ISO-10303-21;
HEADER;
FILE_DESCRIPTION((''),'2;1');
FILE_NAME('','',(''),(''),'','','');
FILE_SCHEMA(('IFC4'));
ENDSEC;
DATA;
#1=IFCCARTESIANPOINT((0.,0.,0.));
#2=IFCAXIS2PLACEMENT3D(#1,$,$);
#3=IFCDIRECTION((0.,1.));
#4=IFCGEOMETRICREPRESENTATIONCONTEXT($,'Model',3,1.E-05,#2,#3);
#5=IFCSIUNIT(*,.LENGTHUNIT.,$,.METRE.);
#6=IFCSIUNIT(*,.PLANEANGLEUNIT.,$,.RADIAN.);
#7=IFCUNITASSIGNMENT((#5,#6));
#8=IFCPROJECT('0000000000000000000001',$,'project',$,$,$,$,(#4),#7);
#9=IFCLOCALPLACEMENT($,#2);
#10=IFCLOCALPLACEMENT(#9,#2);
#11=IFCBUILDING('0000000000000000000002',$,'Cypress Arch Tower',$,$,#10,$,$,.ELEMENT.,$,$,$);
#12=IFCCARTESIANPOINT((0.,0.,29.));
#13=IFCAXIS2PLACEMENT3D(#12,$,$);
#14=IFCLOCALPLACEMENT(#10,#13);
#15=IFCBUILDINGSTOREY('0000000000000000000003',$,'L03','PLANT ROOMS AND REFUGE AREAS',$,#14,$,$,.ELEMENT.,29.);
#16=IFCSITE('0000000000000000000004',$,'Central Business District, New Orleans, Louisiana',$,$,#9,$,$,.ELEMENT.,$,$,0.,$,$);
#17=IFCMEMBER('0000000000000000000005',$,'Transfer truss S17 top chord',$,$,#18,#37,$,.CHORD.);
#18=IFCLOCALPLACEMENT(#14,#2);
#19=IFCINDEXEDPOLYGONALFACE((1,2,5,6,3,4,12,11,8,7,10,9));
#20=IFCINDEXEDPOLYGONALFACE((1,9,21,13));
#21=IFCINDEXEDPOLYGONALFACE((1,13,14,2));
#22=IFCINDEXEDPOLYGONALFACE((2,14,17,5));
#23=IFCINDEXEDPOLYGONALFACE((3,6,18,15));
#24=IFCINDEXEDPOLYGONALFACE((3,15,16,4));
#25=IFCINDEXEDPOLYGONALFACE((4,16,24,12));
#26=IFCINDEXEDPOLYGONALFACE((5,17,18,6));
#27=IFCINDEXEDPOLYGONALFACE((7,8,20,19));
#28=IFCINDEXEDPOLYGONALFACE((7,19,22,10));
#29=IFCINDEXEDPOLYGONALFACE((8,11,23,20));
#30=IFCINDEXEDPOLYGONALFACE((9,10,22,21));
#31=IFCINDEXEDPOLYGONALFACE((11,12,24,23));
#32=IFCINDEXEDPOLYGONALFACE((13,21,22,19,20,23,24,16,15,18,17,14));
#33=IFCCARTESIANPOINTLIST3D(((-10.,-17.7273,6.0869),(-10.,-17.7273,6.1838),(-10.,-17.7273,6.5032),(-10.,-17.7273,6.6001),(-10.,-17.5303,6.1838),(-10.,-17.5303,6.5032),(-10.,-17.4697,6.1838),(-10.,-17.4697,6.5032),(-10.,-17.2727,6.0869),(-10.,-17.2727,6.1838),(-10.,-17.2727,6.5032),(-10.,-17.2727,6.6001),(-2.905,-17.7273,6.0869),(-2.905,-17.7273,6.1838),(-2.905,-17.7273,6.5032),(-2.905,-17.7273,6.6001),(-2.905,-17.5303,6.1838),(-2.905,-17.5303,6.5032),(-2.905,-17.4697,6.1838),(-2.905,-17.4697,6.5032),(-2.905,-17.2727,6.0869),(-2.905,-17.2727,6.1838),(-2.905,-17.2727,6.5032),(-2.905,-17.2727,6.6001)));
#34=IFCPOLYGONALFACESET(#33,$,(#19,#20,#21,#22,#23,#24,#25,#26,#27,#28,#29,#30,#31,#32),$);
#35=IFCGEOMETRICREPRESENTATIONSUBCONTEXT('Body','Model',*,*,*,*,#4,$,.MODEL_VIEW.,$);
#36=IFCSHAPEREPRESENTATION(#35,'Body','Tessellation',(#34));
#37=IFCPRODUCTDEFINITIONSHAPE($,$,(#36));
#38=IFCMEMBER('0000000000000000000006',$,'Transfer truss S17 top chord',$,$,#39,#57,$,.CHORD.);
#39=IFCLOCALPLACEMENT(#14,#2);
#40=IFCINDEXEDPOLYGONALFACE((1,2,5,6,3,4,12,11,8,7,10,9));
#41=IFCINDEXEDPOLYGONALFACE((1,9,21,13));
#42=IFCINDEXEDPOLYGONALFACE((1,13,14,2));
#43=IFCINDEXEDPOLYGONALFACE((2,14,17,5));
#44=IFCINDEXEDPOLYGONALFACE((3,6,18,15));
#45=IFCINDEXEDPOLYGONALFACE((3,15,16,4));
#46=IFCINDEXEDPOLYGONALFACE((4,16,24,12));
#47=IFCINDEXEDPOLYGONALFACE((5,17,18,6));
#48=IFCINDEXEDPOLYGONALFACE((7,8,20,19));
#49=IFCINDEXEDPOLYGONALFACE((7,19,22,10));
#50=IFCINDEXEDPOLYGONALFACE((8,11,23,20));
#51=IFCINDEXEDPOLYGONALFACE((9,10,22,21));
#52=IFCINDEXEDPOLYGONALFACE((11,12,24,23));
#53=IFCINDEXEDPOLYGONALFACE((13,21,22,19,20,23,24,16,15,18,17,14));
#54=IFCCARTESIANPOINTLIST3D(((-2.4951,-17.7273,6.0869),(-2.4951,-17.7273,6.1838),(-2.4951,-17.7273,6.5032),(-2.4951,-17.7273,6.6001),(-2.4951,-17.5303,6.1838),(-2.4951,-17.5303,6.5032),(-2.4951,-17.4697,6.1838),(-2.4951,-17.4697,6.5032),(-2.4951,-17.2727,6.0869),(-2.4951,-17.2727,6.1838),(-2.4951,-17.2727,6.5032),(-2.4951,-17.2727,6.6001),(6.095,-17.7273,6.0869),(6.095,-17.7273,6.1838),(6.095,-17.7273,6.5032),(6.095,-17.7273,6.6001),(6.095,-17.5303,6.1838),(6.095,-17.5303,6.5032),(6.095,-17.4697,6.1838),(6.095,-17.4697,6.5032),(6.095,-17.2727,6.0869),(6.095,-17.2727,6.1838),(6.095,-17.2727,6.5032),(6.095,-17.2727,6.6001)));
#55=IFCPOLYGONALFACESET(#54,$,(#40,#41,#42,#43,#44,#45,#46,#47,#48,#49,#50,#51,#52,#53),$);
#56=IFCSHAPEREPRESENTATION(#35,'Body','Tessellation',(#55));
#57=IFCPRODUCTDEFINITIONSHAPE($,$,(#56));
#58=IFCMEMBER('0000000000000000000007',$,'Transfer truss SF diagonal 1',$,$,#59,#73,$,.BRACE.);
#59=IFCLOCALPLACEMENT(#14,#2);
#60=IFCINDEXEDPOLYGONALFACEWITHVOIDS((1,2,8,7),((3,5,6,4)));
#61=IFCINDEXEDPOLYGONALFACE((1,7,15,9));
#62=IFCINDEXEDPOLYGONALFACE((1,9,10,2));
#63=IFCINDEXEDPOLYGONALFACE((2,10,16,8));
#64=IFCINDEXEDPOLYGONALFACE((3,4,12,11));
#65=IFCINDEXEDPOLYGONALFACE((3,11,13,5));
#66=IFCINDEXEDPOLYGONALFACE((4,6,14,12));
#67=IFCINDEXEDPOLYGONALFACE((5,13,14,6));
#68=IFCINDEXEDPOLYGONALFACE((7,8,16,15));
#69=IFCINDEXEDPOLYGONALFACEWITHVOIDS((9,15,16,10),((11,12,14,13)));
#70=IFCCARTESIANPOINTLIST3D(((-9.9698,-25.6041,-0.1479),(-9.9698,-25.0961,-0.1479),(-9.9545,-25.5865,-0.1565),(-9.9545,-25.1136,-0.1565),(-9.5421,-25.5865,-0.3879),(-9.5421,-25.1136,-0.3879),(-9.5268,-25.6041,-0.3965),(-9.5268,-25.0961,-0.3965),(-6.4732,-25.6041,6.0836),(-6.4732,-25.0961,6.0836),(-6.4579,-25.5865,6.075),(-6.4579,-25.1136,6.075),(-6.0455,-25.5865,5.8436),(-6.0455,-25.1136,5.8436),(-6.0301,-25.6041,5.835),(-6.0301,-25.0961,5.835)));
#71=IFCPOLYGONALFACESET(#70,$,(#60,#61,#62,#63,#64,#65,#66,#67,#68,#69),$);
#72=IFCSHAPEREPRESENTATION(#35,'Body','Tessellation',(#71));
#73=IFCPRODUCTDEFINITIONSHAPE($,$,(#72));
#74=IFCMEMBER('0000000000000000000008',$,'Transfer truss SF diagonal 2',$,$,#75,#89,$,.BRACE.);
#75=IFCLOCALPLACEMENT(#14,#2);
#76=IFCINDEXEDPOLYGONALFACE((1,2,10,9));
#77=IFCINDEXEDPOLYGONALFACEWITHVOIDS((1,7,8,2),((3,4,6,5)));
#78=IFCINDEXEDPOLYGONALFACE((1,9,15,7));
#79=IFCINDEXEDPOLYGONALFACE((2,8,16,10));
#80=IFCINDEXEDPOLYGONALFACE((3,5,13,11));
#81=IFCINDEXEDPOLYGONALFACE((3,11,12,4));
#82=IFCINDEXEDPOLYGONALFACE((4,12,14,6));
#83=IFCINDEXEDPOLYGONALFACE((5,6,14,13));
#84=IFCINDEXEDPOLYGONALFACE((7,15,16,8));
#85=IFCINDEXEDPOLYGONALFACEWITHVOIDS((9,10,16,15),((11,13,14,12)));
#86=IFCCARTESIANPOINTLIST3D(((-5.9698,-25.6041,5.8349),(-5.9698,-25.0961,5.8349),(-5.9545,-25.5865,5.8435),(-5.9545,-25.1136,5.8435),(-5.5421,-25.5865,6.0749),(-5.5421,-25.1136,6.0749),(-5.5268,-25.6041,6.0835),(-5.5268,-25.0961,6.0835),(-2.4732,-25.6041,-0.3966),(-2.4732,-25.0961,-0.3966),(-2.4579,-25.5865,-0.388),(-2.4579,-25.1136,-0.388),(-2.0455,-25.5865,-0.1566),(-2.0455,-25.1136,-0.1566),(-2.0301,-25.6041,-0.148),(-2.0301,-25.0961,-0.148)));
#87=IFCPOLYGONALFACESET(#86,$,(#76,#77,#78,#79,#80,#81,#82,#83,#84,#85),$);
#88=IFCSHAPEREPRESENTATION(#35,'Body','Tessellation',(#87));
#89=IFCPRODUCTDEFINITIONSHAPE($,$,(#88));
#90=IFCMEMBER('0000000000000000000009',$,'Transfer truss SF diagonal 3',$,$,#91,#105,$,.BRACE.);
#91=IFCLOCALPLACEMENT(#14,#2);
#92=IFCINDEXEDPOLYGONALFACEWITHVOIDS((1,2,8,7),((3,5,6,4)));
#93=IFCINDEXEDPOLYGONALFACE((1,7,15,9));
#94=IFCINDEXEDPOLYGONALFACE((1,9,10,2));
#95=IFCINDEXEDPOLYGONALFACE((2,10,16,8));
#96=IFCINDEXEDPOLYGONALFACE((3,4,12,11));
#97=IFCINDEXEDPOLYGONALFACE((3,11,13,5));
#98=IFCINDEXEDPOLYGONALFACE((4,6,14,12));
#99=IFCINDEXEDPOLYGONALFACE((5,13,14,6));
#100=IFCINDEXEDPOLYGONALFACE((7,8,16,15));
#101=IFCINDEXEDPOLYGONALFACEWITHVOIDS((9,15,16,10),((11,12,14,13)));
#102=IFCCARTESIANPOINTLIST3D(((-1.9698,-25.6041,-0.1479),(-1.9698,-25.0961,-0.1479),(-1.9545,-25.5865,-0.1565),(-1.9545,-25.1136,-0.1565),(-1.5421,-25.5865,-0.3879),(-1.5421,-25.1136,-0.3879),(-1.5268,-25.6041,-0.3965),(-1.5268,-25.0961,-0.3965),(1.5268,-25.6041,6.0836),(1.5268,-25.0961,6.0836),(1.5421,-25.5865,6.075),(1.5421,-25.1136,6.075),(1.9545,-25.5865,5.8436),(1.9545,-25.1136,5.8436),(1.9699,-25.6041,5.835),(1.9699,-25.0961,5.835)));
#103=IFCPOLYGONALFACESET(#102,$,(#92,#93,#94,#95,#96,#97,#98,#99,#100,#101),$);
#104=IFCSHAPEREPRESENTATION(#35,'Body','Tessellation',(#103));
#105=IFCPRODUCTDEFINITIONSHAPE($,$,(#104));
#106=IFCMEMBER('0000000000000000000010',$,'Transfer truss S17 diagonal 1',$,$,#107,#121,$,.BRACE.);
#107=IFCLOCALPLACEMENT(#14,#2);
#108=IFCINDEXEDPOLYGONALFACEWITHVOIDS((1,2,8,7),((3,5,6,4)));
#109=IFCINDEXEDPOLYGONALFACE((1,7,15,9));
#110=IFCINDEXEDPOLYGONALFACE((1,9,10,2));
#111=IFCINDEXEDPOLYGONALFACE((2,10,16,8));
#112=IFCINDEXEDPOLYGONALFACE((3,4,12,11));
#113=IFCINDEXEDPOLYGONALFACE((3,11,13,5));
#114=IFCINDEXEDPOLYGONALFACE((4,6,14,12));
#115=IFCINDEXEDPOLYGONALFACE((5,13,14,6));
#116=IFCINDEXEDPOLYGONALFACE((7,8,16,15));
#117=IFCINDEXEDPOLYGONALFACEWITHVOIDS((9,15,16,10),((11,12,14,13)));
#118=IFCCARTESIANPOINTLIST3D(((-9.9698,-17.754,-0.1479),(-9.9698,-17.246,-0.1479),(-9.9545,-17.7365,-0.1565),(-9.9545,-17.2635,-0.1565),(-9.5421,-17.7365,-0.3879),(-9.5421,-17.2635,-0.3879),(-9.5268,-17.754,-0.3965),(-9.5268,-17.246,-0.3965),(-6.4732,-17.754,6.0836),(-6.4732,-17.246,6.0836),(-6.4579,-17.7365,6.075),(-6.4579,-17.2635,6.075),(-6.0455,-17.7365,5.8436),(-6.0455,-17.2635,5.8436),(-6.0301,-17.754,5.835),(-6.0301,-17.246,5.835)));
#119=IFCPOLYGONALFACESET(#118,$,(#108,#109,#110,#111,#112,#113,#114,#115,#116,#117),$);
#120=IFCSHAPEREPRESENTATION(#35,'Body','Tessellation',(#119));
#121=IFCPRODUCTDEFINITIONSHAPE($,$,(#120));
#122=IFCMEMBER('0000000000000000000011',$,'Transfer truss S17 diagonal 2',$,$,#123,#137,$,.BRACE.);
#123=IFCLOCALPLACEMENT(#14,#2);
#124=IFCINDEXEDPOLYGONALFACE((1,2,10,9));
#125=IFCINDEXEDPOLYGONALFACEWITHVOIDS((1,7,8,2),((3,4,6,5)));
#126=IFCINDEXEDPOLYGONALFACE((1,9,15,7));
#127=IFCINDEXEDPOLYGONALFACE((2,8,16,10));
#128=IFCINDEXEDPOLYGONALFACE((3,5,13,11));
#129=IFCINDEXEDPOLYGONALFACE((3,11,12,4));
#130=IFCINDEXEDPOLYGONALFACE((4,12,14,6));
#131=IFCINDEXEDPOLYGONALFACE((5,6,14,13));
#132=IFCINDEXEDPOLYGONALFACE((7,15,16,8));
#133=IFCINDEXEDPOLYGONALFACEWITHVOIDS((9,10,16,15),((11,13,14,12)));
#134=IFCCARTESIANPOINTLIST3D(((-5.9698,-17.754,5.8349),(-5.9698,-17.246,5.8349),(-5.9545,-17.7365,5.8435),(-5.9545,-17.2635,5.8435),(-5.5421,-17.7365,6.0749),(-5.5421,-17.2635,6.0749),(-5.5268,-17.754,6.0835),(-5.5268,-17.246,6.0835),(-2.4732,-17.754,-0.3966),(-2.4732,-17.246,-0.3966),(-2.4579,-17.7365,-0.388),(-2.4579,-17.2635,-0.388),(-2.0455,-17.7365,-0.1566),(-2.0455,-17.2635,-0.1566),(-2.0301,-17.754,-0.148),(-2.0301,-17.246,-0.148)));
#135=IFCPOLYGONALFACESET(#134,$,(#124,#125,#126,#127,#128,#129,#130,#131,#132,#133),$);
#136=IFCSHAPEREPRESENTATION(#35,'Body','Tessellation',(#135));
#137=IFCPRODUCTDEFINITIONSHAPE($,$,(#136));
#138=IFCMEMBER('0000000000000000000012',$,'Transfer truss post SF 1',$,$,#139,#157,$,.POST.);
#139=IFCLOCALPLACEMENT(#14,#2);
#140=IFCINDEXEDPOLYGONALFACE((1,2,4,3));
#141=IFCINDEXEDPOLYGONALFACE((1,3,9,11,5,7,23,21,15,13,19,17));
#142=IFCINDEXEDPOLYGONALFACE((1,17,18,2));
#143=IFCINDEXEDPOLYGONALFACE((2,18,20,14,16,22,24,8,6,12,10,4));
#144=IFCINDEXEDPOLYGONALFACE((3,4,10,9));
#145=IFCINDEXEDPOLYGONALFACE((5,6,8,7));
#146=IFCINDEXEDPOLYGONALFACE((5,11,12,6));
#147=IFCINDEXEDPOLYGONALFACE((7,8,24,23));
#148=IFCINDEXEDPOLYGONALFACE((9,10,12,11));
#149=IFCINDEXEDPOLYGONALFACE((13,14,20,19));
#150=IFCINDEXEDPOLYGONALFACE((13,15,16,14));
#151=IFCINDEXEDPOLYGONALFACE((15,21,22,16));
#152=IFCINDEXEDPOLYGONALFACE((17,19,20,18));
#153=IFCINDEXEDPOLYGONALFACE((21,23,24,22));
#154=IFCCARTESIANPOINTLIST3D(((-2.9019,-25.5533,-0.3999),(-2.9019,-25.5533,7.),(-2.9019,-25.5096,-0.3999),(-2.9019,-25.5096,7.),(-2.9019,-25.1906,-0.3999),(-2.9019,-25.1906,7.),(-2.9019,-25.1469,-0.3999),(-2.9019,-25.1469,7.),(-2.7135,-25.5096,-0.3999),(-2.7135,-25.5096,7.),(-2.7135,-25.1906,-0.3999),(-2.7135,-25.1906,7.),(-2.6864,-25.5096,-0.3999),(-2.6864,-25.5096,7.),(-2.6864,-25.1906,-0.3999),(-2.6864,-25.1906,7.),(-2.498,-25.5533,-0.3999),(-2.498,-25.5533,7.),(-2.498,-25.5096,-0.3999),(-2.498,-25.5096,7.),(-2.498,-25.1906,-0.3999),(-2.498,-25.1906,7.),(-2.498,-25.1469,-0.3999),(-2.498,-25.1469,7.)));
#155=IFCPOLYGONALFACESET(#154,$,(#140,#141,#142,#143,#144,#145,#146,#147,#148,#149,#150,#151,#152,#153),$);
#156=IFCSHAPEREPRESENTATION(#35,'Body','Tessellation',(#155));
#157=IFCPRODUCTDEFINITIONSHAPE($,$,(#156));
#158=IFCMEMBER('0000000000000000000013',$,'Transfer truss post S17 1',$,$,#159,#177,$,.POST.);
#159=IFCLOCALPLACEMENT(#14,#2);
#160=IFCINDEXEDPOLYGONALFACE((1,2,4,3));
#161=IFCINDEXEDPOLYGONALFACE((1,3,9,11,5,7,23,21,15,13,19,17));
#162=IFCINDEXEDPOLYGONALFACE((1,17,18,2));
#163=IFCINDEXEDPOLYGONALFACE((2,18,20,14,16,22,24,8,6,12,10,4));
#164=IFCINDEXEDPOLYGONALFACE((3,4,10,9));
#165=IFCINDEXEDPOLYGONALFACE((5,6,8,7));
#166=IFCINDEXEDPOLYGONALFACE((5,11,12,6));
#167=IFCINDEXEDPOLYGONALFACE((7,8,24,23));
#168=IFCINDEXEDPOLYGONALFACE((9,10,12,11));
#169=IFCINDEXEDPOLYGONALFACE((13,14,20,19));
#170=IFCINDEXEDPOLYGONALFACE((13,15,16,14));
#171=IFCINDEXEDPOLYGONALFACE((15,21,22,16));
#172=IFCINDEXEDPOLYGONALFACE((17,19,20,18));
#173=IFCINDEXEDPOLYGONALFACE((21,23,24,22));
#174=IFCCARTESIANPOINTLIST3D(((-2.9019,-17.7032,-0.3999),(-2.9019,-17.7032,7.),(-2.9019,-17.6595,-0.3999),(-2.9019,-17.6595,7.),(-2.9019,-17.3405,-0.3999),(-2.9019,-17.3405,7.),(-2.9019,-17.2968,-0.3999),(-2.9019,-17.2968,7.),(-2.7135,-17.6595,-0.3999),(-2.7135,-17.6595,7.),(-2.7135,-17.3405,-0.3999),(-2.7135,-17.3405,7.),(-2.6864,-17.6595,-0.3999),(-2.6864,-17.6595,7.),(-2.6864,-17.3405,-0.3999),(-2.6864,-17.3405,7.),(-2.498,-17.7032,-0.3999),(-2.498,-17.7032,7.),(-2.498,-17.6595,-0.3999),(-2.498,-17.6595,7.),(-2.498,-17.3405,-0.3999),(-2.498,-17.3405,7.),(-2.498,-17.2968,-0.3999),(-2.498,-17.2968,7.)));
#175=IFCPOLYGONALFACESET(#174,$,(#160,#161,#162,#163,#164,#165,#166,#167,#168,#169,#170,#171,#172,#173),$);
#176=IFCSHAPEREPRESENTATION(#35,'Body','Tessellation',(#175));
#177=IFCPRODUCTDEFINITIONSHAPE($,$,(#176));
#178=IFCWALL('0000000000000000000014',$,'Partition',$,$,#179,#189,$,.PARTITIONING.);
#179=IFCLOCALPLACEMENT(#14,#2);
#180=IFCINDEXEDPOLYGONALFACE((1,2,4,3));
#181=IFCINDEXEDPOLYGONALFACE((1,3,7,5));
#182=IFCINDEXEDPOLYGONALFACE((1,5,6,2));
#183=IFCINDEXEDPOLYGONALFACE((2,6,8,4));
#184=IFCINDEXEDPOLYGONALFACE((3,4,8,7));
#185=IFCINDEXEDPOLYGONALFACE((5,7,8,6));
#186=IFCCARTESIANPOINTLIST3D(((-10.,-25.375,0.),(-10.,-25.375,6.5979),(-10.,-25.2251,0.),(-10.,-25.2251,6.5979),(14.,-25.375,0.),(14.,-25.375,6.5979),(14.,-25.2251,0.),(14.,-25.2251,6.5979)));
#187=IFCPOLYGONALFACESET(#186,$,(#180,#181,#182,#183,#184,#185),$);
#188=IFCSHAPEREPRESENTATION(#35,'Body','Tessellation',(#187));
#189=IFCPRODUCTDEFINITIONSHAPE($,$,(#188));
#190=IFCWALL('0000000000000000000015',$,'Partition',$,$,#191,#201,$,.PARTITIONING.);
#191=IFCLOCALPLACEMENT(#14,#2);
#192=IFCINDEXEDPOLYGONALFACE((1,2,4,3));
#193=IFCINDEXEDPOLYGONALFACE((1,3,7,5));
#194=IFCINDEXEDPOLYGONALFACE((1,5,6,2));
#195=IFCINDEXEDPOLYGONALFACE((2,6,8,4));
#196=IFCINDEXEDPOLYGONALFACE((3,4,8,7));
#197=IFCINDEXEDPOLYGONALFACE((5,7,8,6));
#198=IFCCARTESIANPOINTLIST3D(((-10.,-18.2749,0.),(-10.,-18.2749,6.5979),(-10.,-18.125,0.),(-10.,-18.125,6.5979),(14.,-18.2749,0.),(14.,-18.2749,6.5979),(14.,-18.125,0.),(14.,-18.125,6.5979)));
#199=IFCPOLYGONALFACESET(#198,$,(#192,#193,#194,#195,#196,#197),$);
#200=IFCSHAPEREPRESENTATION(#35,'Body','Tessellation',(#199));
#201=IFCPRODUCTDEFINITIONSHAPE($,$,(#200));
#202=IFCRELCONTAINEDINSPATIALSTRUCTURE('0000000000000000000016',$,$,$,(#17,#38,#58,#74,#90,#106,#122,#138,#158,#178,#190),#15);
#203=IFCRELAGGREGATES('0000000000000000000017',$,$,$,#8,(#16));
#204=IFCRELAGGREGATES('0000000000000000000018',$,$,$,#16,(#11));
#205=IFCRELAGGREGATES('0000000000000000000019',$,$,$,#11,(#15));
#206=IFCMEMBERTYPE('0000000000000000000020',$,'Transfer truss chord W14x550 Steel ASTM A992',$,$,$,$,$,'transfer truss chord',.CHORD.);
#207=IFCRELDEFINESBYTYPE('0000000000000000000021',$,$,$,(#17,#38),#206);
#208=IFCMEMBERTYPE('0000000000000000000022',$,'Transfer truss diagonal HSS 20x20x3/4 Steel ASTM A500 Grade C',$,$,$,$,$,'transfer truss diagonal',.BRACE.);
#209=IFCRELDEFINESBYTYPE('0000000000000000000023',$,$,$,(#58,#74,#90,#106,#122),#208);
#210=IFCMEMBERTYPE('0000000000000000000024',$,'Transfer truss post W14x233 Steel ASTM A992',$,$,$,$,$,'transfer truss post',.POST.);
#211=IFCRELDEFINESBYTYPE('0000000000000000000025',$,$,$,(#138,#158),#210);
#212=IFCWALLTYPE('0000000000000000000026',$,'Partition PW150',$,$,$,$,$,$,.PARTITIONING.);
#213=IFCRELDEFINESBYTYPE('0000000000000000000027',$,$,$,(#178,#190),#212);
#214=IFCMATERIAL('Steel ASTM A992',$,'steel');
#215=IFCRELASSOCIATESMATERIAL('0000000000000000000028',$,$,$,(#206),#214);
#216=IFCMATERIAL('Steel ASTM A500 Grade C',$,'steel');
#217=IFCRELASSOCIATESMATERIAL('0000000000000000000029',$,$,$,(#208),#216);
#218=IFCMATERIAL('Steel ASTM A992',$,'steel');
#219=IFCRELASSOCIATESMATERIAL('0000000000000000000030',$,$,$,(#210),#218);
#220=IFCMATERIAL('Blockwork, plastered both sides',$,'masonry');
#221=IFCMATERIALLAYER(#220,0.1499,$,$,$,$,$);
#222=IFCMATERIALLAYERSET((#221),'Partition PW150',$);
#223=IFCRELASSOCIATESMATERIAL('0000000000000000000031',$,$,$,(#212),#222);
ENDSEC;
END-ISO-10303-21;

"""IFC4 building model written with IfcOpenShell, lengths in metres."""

from ifc_helpers import new_model, si_unit, direction, frame, frame_2d, origin, origin_2d, place, context, subcontext, project, spatial, rectangle, hollow_rectangle, i_section, extrude, material, layer, layer_set, material_profile, profile_set, type_object, element, save


model = new_model("IFC4")

# Units and contexts
model_context = context("Model", 3, precision=1e-05, world=origin(), true_north=direction((0.0, 1.0)))
body_context = subcontext(model_context, "Body", "Model", "MODEL_VIEW")
ifc_project = project(units=[si_unit("LENGTHUNIT", "METRE"), si_unit("PLANEANGLEUNIT", "RADIAN")], contexts=[model_context])

# Site, building, storey
site_placement = place(None, origin())
site = spatial("IfcSite", under=ifc_project, at=site_placement, Name="Central Business District, New Orleans, Louisiana", CompositionType="ELEMENT", RefElevation=0.0)
building_placement = place(site_placement, origin())
building = spatial("IfcBuilding", under=site, at=building_placement, Name="Cypress Arch Tower", CompositionType="ELEMENT")
storey_placement = place(building_placement, frame((0.0, 0.0, 29.0)))
storey = spatial("IfcBuildingStorey", under=building, at=storey_placement, Name="L03", Description="PLANT ROOMS AND REFUGE AREAS", CompositionType="ELEMENT", Elevation=29.0)

# Members
ifc_material_1 = material(Name="Steel ASTM A992", Category="steel")
ifc_material_profile_1 = material_profile(ifc_material_1, i_section(OverallWidth=0.4546, OverallDepth=0.5132, WebThickness=0.0605, FlangeThickness=0.0969, at=origin_2d()), Name="W14x550")
ifc_profile_set_1 = profile_set([ifc_material_profile_1], Name="Steel ASTM A992")
member_type_1 = type_object("IfcMemberType", Name="Transfer truss chord W14x550 Steel ASTM A992", ElementType="transfer truss chord", PredefinedType="CHORD", material=ifc_profile_set_1)
member_1_placement = place(storey_placement, frame((-10.0, -17.5, 6.3435), z_axis=(1.0, 0.0, 0.0), x_axis=(0.0, 1.0, 0.0)))
element("IfcMember", 1, at=member_1_placement, inside=storey, type_object=member_type_1, Name="Transfer truss S17 top chord", PredefinedType="CHORD", context=body_context, shape_type="SweptSolid", body=[
    extrude(i_section(OverallWidth=0.4546, OverallDepth=0.5132, WebThickness=0.0605, FlangeThickness=0.0969, at=origin_2d()), origin(), (0.0, 0.0, 1.0), 7.095),
])
member_2_placement = place(storey_placement, frame((-2.4951, -17.5, 6.3435), z_axis=(1.0, 0.0, 0.0), x_axis=(0.0, 1.0, 0.0)))
element("IfcMember", 2, at=member_2_placement, inside=storey, type_object=member_type_1, Name="Transfer truss S17 top chord", PredefinedType="CHORD", context=body_context, shape_type="SweptSolid", body=[
    extrude(i_section(OverallWidth=0.4546, OverallDepth=0.5132, WebThickness=0.0605, FlangeThickness=0.0969, at=origin_2d()), origin(), (0.0, 0.0, 1.0), 8.5901),
])
ifc_material_2 = material(Name="Steel ASTM A500 Grade C", Category="steel")
ifc_material_profile_2 = material_profile(ifc_material_2, hollow_rectangle(XDim=0.5081, YDim=0.5081, WallThickness=0.0176, at=origin_2d()), Name="HSS 20x20x3/4")
ifc_profile_set_2 = profile_set([ifc_material_profile_2], Name="Steel ASTM A500 Grade C")
member_type_2 = type_object("IfcMemberType", Name="Transfer truss diagonal HSS 20x20x3/4 Steel ASTM A500 Grade C", ElementType="transfer truss diagonal", PredefinedType="BRACE", material=ifc_profile_set_2)
for number, where, z_axis, x_axis, name in (
    (3, (-9.7483, -25.3501, -0.2722), (0.489346, 0.0, 0.87209), (0.0, 1.0, 0.0), "Transfer truss SF diagonal 1"),
    (4, (-5.7483, -25.3501, 5.9592), (0.489346, 0.0, -0.87209), (0.0, 1.0, 0.0), "Transfer truss SF diagonal 2"),
    (5, (-1.7483, -25.3501, -0.2722), (0.489346, 0.0, 0.87209), (0.0, 1.0, 0.0), "Transfer truss SF diagonal 3"),
    (6, (-9.7483, -17.5, -0.2722), (0.489346, 0.0, 0.87209), (0.0, 1.0, 0.0), "Transfer truss S17 diagonal 1"),
    (7, (-5.7483, -17.5, 5.9592), (0.489346, 0.0, -0.87209), (0.0, 1.0, 0.0), "Transfer truss S17 diagonal 2"),
):
    element("IfcMember", number, at=place(storey_placement, frame(where, z_axis=z_axis, x_axis=x_axis)), inside=storey, type_object=member_type_2, Name=name, PredefinedType="BRACE", context=body_context, shape_type="SweptSolid", body=[
        extrude(hollow_rectangle(XDim=0.5081, YDim=0.5081, WallThickness=0.0176, at=origin_2d()), origin(), (0.0, 0.0, 1.0), 7.1455),
    ])
ifc_material_3 = material(Name="Steel ASTM A992", Category="steel")
ifc_material_profile_3 = material_profile(ifc_material_3, i_section(OverallWidth=0.4038, OverallDepth=0.4065, WebThickness=0.0271, FlangeThickness=0.0437, at=origin_2d()), Name="W14x233")
ifc_profile_set_3 = profile_set([ifc_material_profile_3], Name="Steel ASTM A992")
member_type_3 = type_object("IfcMemberType", Name="Transfer truss post W14x233 Steel ASTM A992", ElementType="transfer truss post", PredefinedType="POST", material=ifc_profile_set_3)
for number, where, z_axis, x_axis, name in (
    (8, (-2.7, -25.3501, -0.3999), (0.0, 0.0, 1.0), (1.0, 0.0, 0.0), "Transfer truss post SF 1"),
    (9, (-2.7, -17.5, -0.3999), (0.0, 0.0, 1.0), (1.0, 0.0, 0.0), "Transfer truss post S17 1"),
):
    element("IfcMember", number, at=place(storey_placement, frame(where, z_axis=z_axis, x_axis=x_axis)), inside=storey, type_object=member_type_3, Name=name, PredefinedType="POST", context=body_context, shape_type="SweptSolid", body=[
        extrude(i_section(OverallWidth=0.4038, OverallDepth=0.4065, WebThickness=0.0271, FlangeThickness=0.0437, at=origin_2d()), origin(), (0.0, 0.0, 1.0), 7.3999),
    ])

# Walls
ifc_material_4 = material(Name="Blockwork, plastered both sides", Category="masonry")
ifc_layer_1 = layer(ifc_material_4, 0.1499)
ifc_layer_set_1 = layer_set([ifc_layer_1], Name="Partition PW150")
wall_type_1 = type_object("IfcWallType", Name="Partition PW150", PredefinedType="PARTITIONING", material=ifc_layer_set_1)
for number, where, z_axis, x_axis, name in (
    (10, (-10.0, -25.3, 0.0), (0.0, 0.0, 1.0), (1.0, 0.0, 0.0), "Partition"),
    (11, (-10.0, -18.2, 0.0), (0.0, 0.0, 1.0), (1.0, 0.0, 0.0), "Partition"),
):
    element("IfcWall", number, at=place(storey_placement, frame(where, z_axis=z_axis, x_axis=x_axis)), inside=storey, type_object=wall_type_1, Name=name, PredefinedType="PARTITIONING", context=body_context, shape_type="SweptSolid", body=[
        extrude(rectangle(XDim=24.0, YDim=0.1499, at=frame_2d((12.0, 0.0))), origin(), (0.0, 0.0, 1.0), 6.5979),
    ])

save(model, "model.ifc")
